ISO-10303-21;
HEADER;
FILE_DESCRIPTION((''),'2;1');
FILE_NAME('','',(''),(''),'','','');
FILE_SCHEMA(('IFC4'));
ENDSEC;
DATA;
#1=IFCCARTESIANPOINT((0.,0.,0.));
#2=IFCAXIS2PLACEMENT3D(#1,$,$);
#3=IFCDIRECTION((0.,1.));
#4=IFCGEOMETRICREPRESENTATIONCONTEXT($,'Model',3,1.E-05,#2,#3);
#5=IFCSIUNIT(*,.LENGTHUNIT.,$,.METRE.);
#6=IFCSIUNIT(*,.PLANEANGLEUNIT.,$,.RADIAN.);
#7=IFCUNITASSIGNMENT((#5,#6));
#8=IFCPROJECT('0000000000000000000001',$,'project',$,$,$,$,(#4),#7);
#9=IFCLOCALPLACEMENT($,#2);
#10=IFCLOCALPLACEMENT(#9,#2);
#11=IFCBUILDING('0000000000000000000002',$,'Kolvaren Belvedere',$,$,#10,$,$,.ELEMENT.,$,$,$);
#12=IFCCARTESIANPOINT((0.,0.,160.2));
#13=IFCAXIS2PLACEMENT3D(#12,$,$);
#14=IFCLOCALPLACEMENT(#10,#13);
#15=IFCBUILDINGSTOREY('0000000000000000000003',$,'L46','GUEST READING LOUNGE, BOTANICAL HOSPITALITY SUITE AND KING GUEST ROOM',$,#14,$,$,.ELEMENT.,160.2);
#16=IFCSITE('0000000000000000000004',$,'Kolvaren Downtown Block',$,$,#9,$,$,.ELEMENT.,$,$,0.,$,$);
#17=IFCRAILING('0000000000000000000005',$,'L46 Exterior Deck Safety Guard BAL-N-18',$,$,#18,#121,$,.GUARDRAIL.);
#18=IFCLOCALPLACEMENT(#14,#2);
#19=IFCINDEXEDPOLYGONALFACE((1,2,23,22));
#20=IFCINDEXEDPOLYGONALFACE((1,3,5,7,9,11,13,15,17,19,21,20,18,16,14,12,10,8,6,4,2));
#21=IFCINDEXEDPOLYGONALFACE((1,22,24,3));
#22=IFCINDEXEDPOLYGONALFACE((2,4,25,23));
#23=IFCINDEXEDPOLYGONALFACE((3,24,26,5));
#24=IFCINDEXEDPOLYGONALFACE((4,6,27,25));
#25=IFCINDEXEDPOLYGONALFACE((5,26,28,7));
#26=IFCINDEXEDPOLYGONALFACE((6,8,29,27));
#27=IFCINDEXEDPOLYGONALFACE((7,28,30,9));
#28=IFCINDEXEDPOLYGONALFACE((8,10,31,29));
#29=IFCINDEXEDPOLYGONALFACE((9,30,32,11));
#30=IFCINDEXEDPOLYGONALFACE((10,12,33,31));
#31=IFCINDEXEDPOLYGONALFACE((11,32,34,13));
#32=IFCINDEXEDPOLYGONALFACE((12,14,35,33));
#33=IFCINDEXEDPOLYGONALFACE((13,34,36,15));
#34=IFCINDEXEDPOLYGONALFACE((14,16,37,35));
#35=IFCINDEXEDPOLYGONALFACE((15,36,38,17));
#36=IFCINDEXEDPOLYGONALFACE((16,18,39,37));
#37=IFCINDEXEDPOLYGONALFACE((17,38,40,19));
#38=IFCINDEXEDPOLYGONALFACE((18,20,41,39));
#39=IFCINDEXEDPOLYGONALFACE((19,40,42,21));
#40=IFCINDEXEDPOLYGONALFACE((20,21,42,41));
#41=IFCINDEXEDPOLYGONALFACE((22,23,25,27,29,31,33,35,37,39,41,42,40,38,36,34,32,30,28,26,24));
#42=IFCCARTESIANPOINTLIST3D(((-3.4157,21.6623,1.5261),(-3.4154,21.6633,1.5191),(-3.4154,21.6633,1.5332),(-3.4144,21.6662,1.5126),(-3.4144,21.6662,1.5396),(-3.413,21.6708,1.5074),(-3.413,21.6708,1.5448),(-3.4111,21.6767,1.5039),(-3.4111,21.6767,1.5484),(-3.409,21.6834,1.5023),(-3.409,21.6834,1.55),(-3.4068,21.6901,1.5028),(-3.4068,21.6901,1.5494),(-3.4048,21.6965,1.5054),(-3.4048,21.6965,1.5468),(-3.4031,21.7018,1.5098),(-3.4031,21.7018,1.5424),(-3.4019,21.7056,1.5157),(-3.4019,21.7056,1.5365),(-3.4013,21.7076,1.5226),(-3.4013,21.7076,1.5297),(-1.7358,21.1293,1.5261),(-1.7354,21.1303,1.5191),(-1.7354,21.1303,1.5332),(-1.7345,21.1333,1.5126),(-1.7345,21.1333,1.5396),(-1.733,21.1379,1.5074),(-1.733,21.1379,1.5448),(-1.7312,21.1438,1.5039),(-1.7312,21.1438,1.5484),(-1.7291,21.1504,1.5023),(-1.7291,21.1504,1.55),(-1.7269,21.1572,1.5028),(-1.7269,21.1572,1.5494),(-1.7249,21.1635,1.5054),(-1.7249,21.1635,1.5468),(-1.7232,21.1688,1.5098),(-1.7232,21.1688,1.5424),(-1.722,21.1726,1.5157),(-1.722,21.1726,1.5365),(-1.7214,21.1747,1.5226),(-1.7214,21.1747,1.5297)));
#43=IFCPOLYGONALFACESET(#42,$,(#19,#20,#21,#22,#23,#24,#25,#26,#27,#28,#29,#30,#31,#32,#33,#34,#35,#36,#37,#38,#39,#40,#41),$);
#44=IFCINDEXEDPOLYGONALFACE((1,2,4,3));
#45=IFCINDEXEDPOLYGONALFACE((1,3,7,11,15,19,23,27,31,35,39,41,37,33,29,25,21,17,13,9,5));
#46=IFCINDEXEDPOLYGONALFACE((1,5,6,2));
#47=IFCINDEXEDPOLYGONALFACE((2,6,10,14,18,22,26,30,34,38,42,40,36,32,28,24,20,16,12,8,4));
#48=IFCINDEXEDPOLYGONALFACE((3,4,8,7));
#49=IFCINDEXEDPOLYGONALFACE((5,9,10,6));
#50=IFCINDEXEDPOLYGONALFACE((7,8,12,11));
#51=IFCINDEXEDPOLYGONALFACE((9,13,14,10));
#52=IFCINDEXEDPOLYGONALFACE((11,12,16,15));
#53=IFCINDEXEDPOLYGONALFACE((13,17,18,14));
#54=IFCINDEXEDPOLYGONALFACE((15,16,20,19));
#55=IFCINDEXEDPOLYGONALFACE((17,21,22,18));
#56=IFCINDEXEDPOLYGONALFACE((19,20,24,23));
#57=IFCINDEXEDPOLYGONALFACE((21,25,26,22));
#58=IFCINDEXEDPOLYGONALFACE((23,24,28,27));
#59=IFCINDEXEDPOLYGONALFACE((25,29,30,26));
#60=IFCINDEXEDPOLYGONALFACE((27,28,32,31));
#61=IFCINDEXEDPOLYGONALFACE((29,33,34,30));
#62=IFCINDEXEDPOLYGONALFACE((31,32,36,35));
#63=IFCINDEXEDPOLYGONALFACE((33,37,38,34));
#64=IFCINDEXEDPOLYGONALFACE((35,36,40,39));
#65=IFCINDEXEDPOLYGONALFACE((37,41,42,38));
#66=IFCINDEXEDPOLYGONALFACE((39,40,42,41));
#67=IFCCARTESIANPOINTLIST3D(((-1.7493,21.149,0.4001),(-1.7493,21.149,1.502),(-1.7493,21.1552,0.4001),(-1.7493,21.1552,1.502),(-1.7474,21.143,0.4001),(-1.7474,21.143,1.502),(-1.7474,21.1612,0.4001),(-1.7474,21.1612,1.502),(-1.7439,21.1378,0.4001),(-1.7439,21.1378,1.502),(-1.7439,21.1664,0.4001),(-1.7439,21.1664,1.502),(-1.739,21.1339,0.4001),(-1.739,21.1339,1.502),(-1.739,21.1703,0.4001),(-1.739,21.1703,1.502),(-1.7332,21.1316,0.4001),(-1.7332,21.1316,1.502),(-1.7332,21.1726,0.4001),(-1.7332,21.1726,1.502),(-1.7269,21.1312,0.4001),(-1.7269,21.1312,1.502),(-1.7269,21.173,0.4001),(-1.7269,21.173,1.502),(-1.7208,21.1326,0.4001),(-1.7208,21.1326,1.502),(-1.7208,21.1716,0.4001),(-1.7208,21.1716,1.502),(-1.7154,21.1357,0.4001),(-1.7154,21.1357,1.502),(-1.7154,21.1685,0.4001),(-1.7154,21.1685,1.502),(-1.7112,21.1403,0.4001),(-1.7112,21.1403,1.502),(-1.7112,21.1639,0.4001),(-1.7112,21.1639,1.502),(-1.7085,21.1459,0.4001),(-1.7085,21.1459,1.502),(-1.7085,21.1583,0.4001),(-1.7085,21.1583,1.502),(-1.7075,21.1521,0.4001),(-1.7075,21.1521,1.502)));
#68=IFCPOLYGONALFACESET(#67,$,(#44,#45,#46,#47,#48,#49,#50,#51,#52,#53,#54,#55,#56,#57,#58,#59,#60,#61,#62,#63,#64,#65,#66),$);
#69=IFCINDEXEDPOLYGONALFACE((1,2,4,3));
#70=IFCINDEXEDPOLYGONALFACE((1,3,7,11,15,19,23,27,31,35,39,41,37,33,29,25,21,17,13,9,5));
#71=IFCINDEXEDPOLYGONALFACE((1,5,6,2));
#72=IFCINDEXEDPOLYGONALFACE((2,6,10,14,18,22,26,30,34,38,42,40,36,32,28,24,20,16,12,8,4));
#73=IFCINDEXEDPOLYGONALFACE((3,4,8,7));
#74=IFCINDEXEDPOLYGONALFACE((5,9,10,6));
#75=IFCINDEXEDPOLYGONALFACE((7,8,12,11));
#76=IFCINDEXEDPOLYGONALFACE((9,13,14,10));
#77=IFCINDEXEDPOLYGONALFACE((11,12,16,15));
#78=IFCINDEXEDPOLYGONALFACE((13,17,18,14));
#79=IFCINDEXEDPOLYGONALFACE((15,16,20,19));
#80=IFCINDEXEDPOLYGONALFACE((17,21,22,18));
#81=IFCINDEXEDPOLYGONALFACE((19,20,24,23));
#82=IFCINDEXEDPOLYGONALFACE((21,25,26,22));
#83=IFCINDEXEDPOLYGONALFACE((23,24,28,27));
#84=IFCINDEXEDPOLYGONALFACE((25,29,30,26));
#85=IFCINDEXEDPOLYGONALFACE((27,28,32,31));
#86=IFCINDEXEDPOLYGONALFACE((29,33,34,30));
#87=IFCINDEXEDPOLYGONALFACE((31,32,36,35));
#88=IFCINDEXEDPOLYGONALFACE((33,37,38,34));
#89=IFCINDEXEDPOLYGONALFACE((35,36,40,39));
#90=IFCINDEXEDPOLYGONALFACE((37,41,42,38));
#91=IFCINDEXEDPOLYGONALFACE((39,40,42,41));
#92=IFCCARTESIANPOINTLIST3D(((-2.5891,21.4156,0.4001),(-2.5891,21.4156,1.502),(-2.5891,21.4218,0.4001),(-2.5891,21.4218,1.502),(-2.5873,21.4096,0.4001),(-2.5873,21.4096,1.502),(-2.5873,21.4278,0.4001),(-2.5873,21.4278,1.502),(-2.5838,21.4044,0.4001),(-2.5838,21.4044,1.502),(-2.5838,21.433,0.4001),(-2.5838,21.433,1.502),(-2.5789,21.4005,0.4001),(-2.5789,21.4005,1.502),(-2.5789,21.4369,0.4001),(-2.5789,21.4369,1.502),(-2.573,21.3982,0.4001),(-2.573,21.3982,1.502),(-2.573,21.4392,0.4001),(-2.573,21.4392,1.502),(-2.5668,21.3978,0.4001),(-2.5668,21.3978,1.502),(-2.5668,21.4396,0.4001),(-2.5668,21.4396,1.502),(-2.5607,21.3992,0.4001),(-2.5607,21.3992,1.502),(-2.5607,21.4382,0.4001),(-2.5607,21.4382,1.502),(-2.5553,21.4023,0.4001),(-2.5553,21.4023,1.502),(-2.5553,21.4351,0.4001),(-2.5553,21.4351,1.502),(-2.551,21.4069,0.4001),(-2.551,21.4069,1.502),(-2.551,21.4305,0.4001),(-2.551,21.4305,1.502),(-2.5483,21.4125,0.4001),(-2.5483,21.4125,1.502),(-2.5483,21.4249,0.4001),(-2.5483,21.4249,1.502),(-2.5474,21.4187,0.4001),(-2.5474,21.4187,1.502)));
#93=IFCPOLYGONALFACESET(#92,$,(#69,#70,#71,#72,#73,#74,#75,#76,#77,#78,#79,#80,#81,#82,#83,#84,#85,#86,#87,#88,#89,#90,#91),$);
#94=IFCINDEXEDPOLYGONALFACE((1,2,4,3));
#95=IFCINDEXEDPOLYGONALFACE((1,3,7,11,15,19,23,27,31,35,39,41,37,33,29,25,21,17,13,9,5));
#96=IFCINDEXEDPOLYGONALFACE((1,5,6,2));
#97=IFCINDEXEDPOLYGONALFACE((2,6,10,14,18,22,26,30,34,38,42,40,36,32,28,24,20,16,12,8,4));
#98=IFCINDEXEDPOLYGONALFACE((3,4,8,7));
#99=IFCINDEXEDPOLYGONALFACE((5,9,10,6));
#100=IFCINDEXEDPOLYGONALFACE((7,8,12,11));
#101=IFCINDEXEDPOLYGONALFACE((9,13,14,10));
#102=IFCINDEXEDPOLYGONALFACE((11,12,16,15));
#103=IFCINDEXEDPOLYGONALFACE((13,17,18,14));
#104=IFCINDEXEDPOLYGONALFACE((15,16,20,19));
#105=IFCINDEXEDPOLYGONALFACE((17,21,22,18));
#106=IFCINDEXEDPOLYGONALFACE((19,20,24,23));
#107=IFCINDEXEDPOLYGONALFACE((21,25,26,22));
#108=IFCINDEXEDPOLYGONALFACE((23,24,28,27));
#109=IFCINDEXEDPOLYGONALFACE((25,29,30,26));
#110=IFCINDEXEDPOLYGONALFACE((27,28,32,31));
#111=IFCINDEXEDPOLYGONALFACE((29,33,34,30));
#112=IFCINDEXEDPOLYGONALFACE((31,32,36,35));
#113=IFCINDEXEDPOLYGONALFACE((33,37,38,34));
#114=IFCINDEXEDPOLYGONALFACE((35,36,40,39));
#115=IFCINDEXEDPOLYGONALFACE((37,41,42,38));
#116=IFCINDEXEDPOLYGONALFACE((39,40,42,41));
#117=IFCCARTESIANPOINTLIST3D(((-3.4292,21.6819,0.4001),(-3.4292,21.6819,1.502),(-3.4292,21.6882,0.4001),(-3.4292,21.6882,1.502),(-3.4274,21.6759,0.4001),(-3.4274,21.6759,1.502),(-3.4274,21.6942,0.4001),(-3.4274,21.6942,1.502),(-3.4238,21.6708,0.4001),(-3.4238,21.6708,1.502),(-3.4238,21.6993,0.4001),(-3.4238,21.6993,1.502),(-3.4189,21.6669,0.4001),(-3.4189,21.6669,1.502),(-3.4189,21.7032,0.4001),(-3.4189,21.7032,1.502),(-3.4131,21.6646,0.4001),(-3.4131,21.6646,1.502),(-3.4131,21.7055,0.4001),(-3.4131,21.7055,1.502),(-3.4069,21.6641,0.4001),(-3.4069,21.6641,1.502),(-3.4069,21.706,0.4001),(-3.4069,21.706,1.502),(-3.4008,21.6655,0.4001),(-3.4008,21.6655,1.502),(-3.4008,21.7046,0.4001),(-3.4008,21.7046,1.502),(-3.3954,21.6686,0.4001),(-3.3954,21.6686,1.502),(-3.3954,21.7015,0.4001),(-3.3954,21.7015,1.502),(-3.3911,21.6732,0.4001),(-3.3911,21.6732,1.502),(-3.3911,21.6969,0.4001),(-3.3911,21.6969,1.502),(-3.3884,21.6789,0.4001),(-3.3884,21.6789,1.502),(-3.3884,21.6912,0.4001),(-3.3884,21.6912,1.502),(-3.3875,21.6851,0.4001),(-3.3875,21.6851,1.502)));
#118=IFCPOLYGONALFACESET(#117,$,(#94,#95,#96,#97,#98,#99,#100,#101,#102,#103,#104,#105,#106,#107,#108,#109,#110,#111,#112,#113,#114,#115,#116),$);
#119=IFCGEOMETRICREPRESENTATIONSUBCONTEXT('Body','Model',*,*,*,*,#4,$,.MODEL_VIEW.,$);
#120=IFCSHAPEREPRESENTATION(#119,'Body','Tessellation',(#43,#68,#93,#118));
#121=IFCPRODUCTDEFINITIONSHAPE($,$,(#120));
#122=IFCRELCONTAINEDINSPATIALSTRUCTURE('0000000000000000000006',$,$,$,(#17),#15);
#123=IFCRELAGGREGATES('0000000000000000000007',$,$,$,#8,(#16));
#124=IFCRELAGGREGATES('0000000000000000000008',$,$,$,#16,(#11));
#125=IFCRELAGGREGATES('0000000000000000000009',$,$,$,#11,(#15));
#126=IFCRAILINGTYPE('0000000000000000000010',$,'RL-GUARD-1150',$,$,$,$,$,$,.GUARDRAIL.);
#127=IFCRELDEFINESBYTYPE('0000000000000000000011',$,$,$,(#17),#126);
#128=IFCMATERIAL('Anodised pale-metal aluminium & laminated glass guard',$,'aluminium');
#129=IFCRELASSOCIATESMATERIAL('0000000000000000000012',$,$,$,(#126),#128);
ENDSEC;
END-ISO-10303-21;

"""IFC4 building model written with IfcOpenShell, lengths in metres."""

from ifc_helpers import new_model, si_unit, direction, frame, origin, origin_2d, place, context, subcontext, project, spatial, circle, extrude, material, type_object, element, save


model = new_model("IFC4")

# Units and contexts
model_context = context("Model", 3, precision=1e-05, world=origin(), true_north=direction((0.0, 1.0)))
body_context = subcontext(model_context, "Body", "Model", "MODEL_VIEW")
ifc_project = project(units=[si_unit("LENGTHUNIT", "METRE"), si_unit("PLANEANGLEUNIT", "RADIAN")], contexts=[model_context])

# Site, building, storey
site_placement = place(None, origin())
site = spatial("IfcSite", under=ifc_project, at=site_placement, Name="Kolvaren Downtown Block", CompositionType="ELEMENT", RefElevation=0.0)
building_placement = place(site_placement, origin())
building = spatial("IfcBuilding", under=site, at=building_placement, Name="Kolvaren Belvedere", CompositionType="ELEMENT")
storey_placement = place(building_placement, frame((0.0, 0.0, 160.2)))
storey = spatial("IfcBuildingStorey", under=building, at=storey_placement, Name="L46", Description="GUEST READING LOUNGE, BOTANICAL HOSPITALITY SUITE AND KING GUEST ROOM", CompositionType="ELEMENT", Elevation=160.2)

# Railing
ifc_material_1 = material(Name="Anodised pale-metal aluminium & laminated glass guard", Category="aluminium")
railing_type = type_object("IfcRailingType", Name="RL-GUARD-1150", PredefinedType="GUARDRAIL", material=ifc_material_1)
railing_1_placement = place(storey_placement, frame((-1.7285, 21.1521, 0.4001)))
element("IfcRailing", 1, at=railing_1_placement, inside=storey, type_object=railing_type, Name="L46 Exterior Deck Safety Guard BAL-N-18", PredefinedType="GUARDRAIL", context=body_context, shape_type="SweptSolid", body=[
    extrude(circle(Radius=0.0239, at=origin_2d()), frame((0.0, 0.0, 1.126), z_axis=(-0.953182, 0.302397, 0.0), x_axis=(-0.302397, -0.953182, 0.0)), (0.0, 0.0, 1.0), 1.7625),
    extrude(circle(Radius=0.021, at=origin_2d()), origin(), (0.0, 0.0, 1.0), 1.1018),
    extrude(circle(Radius=0.021, at=origin_2d()), frame((-0.8398, 0.2666, 0.0)), (0.0, 0.0, 1.0), 1.1018),
    extrude(circle(Radius=0.021, at=origin_2d()), frame((-1.6799, 0.533, 0.0)), (0.0, 0.0, 1.0), 1.1018),
])

save(model, "model.ifc")
